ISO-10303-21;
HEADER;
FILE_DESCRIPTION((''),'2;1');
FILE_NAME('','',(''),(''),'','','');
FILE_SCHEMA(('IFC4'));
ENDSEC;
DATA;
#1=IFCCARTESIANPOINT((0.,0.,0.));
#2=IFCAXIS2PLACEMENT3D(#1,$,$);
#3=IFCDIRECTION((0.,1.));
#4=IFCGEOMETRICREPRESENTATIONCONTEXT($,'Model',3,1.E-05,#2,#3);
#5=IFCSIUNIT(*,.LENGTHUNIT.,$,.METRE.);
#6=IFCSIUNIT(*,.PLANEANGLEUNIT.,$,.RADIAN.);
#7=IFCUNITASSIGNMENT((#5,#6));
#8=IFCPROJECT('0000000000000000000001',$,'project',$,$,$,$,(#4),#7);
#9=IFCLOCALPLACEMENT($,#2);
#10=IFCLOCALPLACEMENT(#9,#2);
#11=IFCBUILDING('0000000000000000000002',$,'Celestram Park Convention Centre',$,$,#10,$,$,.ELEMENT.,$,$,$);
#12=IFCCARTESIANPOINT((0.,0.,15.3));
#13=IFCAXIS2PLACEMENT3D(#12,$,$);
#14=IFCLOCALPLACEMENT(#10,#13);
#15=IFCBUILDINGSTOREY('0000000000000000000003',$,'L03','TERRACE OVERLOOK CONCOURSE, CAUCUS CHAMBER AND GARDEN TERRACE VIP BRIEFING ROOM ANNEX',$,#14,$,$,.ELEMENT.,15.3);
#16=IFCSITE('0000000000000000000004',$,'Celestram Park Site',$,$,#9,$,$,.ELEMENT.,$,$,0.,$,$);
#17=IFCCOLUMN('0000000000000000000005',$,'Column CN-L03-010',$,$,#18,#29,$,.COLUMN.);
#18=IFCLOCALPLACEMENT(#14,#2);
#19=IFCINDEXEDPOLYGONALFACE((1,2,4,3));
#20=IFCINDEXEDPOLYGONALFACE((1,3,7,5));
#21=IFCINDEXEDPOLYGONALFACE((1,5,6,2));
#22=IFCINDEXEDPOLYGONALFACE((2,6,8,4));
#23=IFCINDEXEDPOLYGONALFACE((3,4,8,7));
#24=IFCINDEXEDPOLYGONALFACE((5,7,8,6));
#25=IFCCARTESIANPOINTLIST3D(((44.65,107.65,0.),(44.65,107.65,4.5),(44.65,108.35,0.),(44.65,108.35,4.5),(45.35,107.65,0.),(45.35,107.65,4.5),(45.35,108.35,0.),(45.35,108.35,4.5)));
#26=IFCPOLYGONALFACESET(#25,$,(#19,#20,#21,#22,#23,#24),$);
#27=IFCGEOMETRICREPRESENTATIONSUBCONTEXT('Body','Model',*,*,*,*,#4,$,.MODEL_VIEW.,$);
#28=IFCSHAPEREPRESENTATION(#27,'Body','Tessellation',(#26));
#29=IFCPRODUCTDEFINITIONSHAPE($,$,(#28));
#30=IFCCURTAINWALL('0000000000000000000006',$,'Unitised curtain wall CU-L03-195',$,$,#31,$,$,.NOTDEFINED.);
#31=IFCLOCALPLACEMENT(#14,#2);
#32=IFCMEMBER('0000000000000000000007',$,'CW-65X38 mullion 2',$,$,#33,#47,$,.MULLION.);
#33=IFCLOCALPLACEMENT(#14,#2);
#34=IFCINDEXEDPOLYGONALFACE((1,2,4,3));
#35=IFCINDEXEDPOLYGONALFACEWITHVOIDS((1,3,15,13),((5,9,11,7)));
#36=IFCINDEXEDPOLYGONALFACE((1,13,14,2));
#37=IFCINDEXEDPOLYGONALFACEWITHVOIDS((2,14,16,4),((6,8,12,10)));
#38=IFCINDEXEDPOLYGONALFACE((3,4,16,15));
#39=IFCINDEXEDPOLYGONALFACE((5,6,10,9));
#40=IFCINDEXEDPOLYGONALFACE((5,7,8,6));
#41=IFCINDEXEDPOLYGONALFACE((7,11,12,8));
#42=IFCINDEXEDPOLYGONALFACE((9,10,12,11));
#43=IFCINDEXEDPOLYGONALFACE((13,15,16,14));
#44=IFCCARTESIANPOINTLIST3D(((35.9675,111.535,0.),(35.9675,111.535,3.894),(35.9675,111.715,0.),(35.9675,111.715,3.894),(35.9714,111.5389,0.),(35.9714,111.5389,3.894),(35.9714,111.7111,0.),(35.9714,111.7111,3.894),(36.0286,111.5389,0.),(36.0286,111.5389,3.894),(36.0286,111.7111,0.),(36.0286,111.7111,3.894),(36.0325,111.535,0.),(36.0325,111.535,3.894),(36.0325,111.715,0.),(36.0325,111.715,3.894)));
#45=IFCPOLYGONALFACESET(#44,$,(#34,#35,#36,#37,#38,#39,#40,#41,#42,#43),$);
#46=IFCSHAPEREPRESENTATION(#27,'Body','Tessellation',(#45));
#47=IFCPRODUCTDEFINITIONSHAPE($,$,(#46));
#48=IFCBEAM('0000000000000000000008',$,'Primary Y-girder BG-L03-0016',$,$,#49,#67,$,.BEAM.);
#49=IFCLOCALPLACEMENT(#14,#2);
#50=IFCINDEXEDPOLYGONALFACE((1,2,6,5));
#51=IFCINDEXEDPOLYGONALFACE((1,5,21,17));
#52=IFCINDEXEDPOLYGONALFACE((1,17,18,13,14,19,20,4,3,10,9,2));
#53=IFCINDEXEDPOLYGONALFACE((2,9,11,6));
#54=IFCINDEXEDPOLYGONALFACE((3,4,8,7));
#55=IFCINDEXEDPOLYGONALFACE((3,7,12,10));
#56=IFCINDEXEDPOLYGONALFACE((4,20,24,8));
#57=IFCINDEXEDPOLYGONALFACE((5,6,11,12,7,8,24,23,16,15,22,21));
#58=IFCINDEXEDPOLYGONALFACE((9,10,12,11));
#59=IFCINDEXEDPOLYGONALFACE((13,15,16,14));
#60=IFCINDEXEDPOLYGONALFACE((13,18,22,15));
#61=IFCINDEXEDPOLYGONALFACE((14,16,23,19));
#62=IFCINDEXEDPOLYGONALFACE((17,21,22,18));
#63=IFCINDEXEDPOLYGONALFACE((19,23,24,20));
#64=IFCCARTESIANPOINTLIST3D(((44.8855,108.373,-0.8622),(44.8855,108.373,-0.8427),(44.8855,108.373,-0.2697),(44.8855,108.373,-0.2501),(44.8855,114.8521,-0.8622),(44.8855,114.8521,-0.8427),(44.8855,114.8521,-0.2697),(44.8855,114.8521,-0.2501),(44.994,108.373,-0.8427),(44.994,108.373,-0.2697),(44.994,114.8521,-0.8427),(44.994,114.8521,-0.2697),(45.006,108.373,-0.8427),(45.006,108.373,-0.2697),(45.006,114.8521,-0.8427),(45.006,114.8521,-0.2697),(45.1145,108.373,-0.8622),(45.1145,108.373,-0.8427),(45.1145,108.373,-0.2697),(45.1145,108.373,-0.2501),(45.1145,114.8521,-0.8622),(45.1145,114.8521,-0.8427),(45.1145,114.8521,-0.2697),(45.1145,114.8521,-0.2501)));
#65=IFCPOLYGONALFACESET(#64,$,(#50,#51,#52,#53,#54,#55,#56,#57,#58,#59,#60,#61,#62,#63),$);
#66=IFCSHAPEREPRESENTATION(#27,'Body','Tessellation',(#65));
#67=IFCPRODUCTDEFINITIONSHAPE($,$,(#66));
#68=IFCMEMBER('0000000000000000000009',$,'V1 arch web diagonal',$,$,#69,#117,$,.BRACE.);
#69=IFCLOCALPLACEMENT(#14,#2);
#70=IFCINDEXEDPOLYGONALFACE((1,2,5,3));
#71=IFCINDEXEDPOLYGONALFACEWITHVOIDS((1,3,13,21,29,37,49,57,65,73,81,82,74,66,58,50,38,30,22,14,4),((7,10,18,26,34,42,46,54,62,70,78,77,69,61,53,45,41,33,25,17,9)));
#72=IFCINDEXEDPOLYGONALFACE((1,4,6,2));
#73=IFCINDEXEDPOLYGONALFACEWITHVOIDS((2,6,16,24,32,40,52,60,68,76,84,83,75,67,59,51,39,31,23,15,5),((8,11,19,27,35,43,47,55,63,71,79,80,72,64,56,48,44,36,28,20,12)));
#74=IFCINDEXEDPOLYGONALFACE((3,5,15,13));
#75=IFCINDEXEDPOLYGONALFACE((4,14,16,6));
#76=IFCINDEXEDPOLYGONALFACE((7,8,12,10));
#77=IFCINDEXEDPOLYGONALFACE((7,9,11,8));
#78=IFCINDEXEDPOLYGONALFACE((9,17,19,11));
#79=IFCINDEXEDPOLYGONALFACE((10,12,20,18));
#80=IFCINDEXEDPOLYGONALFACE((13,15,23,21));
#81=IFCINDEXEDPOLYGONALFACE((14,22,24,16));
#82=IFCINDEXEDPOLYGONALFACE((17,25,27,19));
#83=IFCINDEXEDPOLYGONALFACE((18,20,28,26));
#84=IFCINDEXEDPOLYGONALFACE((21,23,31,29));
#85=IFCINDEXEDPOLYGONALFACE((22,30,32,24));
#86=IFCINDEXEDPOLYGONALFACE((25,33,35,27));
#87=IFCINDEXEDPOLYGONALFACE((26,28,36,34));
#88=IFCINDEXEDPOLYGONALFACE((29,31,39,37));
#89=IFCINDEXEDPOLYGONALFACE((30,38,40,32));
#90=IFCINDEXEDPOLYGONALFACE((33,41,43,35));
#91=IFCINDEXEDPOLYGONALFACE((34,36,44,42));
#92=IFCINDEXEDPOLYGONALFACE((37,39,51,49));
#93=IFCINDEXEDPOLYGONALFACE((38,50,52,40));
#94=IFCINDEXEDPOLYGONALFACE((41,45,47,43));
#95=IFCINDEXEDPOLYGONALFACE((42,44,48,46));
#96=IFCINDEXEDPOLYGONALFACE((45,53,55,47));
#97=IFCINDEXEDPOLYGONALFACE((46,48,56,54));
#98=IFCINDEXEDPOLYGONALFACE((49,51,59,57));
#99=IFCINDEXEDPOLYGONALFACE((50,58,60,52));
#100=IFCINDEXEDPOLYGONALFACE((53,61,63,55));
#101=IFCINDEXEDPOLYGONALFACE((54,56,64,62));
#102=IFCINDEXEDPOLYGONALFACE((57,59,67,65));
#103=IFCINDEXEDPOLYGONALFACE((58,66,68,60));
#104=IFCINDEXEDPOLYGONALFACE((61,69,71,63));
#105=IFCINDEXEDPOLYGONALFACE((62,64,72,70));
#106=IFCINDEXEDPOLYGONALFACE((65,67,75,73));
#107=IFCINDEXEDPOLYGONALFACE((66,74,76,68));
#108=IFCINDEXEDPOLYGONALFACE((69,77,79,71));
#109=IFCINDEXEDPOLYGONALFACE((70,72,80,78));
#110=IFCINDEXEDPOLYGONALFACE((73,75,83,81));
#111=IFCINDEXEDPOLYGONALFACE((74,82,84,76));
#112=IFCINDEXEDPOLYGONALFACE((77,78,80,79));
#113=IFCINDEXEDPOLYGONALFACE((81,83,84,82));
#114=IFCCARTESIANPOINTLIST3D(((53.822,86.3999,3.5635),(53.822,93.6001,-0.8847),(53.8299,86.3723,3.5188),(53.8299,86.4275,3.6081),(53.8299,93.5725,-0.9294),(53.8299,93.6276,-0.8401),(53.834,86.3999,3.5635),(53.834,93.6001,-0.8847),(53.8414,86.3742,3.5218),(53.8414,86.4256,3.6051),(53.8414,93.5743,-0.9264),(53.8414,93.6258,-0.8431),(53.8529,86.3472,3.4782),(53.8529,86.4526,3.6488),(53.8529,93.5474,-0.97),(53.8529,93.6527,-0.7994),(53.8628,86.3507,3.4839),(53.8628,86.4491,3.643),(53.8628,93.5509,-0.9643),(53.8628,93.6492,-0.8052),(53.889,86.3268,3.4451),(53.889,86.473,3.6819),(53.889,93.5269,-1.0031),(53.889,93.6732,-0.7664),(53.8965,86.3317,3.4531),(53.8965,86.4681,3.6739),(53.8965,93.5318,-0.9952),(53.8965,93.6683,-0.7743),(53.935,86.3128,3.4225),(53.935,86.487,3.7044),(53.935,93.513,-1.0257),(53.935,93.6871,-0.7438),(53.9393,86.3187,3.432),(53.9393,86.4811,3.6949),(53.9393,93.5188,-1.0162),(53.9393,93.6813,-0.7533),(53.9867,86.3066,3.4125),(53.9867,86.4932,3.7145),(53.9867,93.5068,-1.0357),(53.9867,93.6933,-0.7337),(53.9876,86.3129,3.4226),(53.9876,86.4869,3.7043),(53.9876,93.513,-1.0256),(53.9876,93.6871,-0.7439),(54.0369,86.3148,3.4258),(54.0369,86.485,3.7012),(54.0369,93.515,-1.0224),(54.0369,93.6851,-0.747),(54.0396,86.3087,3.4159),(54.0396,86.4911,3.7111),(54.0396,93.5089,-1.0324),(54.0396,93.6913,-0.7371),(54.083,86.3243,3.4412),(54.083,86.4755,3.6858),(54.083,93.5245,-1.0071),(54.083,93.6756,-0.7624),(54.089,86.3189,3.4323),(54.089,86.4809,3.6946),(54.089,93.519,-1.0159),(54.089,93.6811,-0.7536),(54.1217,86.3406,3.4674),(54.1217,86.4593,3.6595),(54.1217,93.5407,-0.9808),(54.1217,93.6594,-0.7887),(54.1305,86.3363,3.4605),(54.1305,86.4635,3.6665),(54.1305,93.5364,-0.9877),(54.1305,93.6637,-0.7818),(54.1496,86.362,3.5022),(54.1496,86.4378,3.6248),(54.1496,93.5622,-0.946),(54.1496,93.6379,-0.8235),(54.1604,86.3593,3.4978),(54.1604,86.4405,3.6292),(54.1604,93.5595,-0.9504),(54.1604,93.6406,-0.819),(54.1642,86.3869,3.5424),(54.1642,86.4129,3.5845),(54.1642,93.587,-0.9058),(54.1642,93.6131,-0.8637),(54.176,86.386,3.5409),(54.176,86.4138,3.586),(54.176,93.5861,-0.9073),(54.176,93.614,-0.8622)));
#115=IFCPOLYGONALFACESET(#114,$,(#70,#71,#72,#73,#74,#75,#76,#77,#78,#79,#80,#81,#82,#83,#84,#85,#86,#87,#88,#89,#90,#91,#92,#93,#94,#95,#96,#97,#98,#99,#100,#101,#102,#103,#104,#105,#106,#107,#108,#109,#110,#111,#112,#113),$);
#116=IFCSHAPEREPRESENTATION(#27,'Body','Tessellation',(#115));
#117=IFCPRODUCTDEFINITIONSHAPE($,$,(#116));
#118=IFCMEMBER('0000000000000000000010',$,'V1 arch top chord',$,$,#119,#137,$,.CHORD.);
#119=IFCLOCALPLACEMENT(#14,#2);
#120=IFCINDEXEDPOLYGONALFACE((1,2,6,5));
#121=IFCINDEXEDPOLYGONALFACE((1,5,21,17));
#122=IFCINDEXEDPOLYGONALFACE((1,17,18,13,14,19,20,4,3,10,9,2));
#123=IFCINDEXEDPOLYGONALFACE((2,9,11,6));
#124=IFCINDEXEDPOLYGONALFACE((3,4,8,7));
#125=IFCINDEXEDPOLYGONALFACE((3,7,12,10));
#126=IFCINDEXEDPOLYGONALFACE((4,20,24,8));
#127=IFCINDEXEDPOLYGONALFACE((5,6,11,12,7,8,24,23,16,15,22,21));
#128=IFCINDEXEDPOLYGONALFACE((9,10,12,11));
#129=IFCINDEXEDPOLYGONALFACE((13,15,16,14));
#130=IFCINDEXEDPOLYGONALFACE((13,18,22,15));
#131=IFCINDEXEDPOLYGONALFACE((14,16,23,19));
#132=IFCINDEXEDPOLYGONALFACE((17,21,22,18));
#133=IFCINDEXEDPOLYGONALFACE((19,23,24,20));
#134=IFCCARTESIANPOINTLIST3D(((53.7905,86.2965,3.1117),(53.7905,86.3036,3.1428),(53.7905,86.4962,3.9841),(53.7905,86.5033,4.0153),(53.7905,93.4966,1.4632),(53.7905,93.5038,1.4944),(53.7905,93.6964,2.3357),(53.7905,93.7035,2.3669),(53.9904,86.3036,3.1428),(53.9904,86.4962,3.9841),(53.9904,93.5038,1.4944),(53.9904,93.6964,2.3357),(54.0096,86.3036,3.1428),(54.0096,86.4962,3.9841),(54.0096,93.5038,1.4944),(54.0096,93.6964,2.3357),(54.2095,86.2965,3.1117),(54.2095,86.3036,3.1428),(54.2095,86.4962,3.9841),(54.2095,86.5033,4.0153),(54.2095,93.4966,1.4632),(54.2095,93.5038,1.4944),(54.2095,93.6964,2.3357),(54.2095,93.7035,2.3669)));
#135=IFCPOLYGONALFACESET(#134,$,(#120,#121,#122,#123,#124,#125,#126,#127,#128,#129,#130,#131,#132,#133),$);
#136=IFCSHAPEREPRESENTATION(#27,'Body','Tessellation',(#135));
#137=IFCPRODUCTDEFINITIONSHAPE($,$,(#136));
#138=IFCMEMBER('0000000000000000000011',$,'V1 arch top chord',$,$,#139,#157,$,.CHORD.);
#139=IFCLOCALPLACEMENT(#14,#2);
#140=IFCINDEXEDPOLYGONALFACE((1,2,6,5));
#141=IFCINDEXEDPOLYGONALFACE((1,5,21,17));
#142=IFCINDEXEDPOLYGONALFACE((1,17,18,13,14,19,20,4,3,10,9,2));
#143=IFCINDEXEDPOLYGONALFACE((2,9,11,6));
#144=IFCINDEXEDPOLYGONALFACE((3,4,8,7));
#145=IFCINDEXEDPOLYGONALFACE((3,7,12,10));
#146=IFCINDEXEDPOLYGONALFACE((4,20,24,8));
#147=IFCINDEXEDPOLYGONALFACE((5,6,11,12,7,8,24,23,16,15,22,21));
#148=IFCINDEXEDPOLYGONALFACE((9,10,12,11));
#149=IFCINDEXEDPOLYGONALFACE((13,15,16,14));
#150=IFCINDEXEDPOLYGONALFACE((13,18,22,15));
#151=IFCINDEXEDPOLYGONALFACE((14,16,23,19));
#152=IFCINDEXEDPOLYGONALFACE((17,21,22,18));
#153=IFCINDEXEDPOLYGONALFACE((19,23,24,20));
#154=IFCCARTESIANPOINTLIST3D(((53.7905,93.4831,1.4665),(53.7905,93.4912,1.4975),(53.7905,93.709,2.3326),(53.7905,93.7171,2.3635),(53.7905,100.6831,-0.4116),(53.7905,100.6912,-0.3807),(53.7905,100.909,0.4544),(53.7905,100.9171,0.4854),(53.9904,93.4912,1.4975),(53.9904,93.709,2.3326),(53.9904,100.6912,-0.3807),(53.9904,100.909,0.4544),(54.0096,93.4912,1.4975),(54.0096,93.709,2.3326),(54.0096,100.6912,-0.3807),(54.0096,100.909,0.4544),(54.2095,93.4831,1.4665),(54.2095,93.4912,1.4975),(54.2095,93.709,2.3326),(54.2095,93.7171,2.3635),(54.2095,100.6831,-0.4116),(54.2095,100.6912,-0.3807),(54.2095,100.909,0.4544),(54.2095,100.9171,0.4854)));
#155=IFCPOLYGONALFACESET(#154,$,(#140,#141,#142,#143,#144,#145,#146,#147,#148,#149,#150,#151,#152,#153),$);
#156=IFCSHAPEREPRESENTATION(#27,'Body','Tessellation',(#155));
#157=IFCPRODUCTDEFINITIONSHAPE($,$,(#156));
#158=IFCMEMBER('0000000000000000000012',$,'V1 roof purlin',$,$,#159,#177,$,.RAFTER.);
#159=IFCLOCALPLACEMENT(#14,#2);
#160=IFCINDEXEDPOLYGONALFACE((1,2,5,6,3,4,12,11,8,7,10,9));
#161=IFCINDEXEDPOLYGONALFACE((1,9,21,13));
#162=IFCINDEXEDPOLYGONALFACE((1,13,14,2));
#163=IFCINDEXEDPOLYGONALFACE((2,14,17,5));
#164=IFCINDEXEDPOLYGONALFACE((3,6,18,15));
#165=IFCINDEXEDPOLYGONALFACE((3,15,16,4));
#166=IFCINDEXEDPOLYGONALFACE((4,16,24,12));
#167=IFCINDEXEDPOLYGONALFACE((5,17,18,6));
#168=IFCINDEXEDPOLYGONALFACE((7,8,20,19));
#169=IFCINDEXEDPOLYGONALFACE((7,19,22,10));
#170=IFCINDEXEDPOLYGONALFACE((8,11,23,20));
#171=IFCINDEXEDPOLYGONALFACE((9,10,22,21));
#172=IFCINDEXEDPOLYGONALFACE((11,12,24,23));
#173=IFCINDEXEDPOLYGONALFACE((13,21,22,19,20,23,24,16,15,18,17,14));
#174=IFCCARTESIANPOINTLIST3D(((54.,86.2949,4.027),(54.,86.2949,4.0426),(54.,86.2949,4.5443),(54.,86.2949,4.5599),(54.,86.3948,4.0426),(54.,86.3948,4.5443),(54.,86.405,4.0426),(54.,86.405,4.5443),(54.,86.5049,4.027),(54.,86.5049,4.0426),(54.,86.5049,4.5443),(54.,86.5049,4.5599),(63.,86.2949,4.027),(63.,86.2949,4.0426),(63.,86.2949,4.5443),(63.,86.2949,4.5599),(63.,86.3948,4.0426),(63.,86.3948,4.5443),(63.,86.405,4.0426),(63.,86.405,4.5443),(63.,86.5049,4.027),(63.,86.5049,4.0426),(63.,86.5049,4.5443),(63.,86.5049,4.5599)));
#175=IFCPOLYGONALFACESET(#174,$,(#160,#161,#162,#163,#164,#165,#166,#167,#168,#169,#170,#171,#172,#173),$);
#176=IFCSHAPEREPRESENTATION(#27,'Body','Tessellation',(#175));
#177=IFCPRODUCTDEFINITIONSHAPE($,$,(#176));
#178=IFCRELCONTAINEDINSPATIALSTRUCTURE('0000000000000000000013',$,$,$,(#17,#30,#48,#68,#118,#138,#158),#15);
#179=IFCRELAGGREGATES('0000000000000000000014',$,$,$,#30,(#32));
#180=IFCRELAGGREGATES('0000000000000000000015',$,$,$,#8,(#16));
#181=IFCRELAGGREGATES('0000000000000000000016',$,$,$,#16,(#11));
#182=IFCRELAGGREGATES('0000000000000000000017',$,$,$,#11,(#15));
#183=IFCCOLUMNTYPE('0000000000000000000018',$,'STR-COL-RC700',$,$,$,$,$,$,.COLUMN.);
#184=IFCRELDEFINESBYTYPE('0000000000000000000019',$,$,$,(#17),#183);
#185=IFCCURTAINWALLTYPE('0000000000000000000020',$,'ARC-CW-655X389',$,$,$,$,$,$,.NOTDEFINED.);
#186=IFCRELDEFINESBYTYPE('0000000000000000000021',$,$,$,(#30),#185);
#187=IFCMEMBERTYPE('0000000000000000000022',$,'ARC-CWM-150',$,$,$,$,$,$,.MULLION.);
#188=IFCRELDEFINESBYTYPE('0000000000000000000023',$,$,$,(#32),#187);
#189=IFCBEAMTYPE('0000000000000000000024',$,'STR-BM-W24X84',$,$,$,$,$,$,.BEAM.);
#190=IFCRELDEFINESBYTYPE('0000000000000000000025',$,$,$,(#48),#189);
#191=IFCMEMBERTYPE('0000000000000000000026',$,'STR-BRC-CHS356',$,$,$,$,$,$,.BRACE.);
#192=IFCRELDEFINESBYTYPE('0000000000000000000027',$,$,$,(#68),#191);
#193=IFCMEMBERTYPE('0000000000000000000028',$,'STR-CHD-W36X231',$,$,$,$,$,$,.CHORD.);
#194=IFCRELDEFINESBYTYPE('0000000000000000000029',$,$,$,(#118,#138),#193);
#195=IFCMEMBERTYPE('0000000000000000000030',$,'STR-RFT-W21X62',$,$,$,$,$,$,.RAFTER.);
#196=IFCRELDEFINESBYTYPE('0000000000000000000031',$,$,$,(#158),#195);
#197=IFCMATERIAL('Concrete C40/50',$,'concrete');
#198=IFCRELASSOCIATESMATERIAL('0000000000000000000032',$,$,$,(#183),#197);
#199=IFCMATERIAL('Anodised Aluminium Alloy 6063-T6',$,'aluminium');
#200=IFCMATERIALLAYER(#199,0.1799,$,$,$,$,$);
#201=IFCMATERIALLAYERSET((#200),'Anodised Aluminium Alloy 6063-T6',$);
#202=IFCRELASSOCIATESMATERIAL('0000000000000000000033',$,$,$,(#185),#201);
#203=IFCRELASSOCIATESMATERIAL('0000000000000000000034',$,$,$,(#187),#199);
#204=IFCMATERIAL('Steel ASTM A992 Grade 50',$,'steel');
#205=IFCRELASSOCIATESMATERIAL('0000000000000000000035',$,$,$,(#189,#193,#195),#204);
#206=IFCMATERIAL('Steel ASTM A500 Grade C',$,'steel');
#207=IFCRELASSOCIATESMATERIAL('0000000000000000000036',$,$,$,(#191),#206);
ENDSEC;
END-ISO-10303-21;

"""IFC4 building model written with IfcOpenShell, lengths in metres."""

from ifc_helpers import new_model, si_unit, direction, frame, origin, origin_2d, place, context, subcontext, project, spatial, rectangle, hollow_rectangle, hollow_circle, i_section, extrude, material, layer, layer_set, material_profile, profile_set, type_object, element, aggregate, save


model = new_model("IFC4")

# Units and contexts
model_context = context("Model", 3, precision=1e-05, world=origin(), true_north=direction((0.0, 1.0)))
body_context = subcontext(model_context, "Body", "Model", "MODEL_VIEW")
ifc_project = project(units=[si_unit("LENGTHUNIT", "METRE"), si_unit("PLANEANGLEUNIT", "RADIAN")], contexts=[model_context])

# Site, building, storey
site_placement = place(None, origin())
site = spatial("IfcSite", under=ifc_project, at=site_placement, Name="Celestram Park Site", CompositionType="ELEMENT", RefElevation=0.0)
building_placement = place(site_placement, origin())
building = spatial("IfcBuilding", under=site, at=building_placement, Name="Celestram Park Convention Centre", CompositionType="ELEMENT")
storey_placement = place(building_placement, frame((0.0, 0.0, 15.3)))
storey = spatial("IfcBuildingStorey", under=building, at=storey_placement, Name="L03", Description="TERRACE OVERLOOK CONCOURSE, CAUCUS CHAMBER AND GARDEN TERRACE VIP BRIEFING ROOM ANNEX", CompositionType="ELEMENT", Elevation=15.3)

# Column
ifc_material_1 = material(Name="Concrete C40/50", Category="concrete")
ifc_material_profile_1 = material_profile(ifc_material_1, rectangle(XDim=0.7, YDim=0.7, at=origin_2d()), Name="RC700X700")
ifc_profile_set_1 = profile_set([ifc_material_profile_1], Name="Concrete C40/50")
column_type = type_object("IfcColumnType", Name="STR-COL-RC700", PredefinedType="COLUMN", material=ifc_profile_set_1)
column_placement = place(storey_placement, frame((45.0, 108.0, 0.0), z_axis=(0.0, 0.0, 1.0), x_axis=(1.0, 0.0, 0.0)))
element("IfcColumn", 1, at=column_placement, inside=storey, type_object=column_type, Name="Column CN-L03-010", PredefinedType="COLUMN", context=body_context, shape_type="SweptSolid", body=[
    extrude(rectangle(XDim=0.7, YDim=0.7, at=origin_2d()), origin(), (0.0, 0.0, 1.0), 4.5),
])

# Curtain wall, member
ifc_material_2 = material(Name="Anodised Aluminium Alloy 6063-T6", Category="aluminium")
ifc_layer_1 = layer(ifc_material_2, 0.1799)
ifc_layer_set_1 = layer_set([ifc_layer_1], Name="Anodised Aluminium Alloy 6063-T6")
curtain_wall_type = type_object("IfcCurtainWallType", Name="ARC-CW-655X389", PredefinedType="NOTDEFINED", material=ifc_layer_set_1)
curtain_wall_placement = place(storey_placement, origin())
curtain_wall = element("IfcCurtainWall", 2, at=curtain_wall_placement, inside=storey, type_object=curtain_wall_type, Name="Unitised curtain wall CU-L03-195", PredefinedType="NOTDEFINED")
ifc_material_profile_2 = material_profile(ifc_material_2, hollow_rectangle(XDim=0.0649, YDim=0.1799, WallThickness=0.0039, at=origin_2d()), Name="ALU65X180X4")
ifc_profile_set_2 = profile_set([ifc_material_profile_2], Name="Anodised Aluminium Alloy 6063-T6")
member_type_1 = type_object("IfcMemberType", Name="ARC-CWM-150", PredefinedType="MULLION", material=ifc_profile_set_2)
member_1_placement = place(storey_placement, frame((36.0, 111.625, 0.0), z_axis=(0.0, 0.0, 1.0), x_axis=(-1.0, 0.0, 0.0)))
member_1 = element("IfcMember", 3, at=member_1_placement, type_object=member_type_1, Name="CW-65X38 mullion 2", PredefinedType="MULLION", context=body_context, shape_type="SweptSolid", body=[
    extrude(hollow_rectangle(XDim=0.0649, YDim=0.1799, WallThickness=0.0039, at=origin_2d()), origin(), (0.0, 0.0, 1.0), 3.894),
])

# Beam
ifc_material_3 = material(Name="Steel ASTM A992 Grade 50", Category="steel")
ifc_material_profile_3 = material_profile(ifc_material_3, i_section(OverallWidth=0.229, OverallDepth=0.6121, WebThickness=0.012, FlangeThickness=0.0195, at=origin_2d()), Name="W24X84")
ifc_profile_set_3 = profile_set([ifc_material_profile_3], Name="Steel ASTM A992 Grade 50")
beam_type_1 = type_object("IfcBeamType", Name="STR-BM-W24X84", PredefinedType="BEAM", material=ifc_profile_set_3)
beam_placement = place(storey_placement, frame((45.0, 108.373, -0.5562), z_axis=(0.0, 1.0, 0.0), x_axis=(-1.0, 0.0, 0.0)))
element("IfcBeam", 4, at=beam_placement, inside=storey, type_object=beam_type_1, Name="Primary Y-girder BG-L03-0016", PredefinedType="BEAM", context=body_context, shape_type="SweptSolid", body=[
    extrude(i_section(OverallWidth=0.229, OverallDepth=0.6121, WebThickness=0.012, FlangeThickness=0.0195, at=origin_2d()), origin(), (0.0, 0.0, 1.0), 6.479),
])

# Members
ifc_material_4 = material(Name="Steel ASTM A500 Grade C", Category="steel")
ifc_material_profile_4 = material_profile(ifc_material_4, hollow_circle(Radius=0.178, WallThickness=0.012, at=origin_2d()), Name="CHS356X12")
ifc_profile_set_4 = profile_set([ifc_material_profile_4], Name="Steel ASTM A500 Grade C")
member_type_2 = type_object("IfcMemberType", Name="STR-BRC-CHS356", PredefinedType="BRACE", material=ifc_profile_set_4)
member_2_placement = place(storey_placement, frame((54.0, 86.3999, 3.5635), z_axis=(0.0, 0.850742, -0.525584), x_axis=(-1.0, 0.0, 0.0)))
element("IfcMember", 5, at=member_2_placement, inside=storey, type_object=member_type_2, Name="V1 arch web diagonal", PredefinedType="BRACE", context=body_context, shape_type="SweptSolid", body=[
    extrude(hollow_circle(Radius=0.178, WallThickness=0.012, at=origin_2d()), origin(), (0.0, 0.0, 1.0), 8.4634),
])
ifc_material_profile_5 = material_profile(ifc_material_3, i_section(OverallWidth=0.4189, OverallDepth=0.927, WebThickness=0.0193, FlangeThickness=0.032, at=origin_2d()), Name="W36X231")
ifc_profile_set_5 = profile_set([ifc_material_profile_5], Name="Steel ASTM A992 Grade 50")
member_type_3 = type_object("IfcMemberType", Name="STR-CHD-W36X231", PredefinedType="CHORD", material=ifc_profile_set_5)
member_3_placement = place(storey_placement, frame((54.0, 86.3999, 3.5635), z_axis=(0.0, 0.97478, -0.223169), x_axis=(-1.0, 0.0, 0.0)))
element("IfcMember", 6, at=member_3_placement, inside=storey, type_object=member_type_3, Name="V1 arch top chord", PredefinedType="CHORD", context=body_context, shape_type="SweptSolid", body=[
    extrude(i_section(OverallWidth=0.4189, OverallDepth=0.927, WebThickness=0.0193, FlangeThickness=0.032, at=origin_2d()), origin(), (0.0, 0.0, 1.0), 7.3865),
])
member_4_placement = place(storey_placement, frame((54.0, 93.6001, 1.915), z_axis=(0.0, 0.96762, -0.252413), x_axis=(-1.0, 0.0, 0.0)))
element("IfcMember", 7, at=member_4_placement, inside=storey, type_object=member_type_3, Name="V1 arch top chord", PredefinedType="CHORD", context=body_context, shape_type="SweptSolid", body=[
    extrude(i_section(OverallWidth=0.4189, OverallDepth=0.927, WebThickness=0.0193, FlangeThickness=0.032, at=origin_2d()), origin(), (0.0, 0.0, 1.0), 7.4409),
])
ifc_material_profile_6 = material_profile(ifc_material_3, i_section(OverallWidth=0.21, OverallDepth=0.533, WebThickness=0.0103, FlangeThickness=0.0156, at=origin_2d()), Name="W21X62")
ifc_profile_set_6 = profile_set([ifc_material_profile_6], Name="Steel ASTM A992 Grade 50")
member_type_4 = type_object("IfcMemberType", Name="STR-RFT-W21X62", PredefinedType="RAFTER", material=ifc_profile_set_6)
member_5_placement = place(storey_placement, frame((54.0, 86.3999, 4.2935), z_axis=(1.0, 0.0, 0.0), x_axis=(0.0, 1.0, 0.0)))
element("IfcMember", 8, at=member_5_placement, inside=storey, type_object=member_type_4, Name="V1 roof purlin", PredefinedType="RAFTER", context=body_context, shape_type="SweptSolid", body=[
    extrude(i_section(OverallWidth=0.21, OverallDepth=0.533, WebThickness=0.0103, FlangeThickness=0.0156, at=origin_2d()), origin(), (0.0, 0.0, 1.0), 9.0),
])

aggregate(curtain_wall, [member_1])

save(model, "model.ifc")
